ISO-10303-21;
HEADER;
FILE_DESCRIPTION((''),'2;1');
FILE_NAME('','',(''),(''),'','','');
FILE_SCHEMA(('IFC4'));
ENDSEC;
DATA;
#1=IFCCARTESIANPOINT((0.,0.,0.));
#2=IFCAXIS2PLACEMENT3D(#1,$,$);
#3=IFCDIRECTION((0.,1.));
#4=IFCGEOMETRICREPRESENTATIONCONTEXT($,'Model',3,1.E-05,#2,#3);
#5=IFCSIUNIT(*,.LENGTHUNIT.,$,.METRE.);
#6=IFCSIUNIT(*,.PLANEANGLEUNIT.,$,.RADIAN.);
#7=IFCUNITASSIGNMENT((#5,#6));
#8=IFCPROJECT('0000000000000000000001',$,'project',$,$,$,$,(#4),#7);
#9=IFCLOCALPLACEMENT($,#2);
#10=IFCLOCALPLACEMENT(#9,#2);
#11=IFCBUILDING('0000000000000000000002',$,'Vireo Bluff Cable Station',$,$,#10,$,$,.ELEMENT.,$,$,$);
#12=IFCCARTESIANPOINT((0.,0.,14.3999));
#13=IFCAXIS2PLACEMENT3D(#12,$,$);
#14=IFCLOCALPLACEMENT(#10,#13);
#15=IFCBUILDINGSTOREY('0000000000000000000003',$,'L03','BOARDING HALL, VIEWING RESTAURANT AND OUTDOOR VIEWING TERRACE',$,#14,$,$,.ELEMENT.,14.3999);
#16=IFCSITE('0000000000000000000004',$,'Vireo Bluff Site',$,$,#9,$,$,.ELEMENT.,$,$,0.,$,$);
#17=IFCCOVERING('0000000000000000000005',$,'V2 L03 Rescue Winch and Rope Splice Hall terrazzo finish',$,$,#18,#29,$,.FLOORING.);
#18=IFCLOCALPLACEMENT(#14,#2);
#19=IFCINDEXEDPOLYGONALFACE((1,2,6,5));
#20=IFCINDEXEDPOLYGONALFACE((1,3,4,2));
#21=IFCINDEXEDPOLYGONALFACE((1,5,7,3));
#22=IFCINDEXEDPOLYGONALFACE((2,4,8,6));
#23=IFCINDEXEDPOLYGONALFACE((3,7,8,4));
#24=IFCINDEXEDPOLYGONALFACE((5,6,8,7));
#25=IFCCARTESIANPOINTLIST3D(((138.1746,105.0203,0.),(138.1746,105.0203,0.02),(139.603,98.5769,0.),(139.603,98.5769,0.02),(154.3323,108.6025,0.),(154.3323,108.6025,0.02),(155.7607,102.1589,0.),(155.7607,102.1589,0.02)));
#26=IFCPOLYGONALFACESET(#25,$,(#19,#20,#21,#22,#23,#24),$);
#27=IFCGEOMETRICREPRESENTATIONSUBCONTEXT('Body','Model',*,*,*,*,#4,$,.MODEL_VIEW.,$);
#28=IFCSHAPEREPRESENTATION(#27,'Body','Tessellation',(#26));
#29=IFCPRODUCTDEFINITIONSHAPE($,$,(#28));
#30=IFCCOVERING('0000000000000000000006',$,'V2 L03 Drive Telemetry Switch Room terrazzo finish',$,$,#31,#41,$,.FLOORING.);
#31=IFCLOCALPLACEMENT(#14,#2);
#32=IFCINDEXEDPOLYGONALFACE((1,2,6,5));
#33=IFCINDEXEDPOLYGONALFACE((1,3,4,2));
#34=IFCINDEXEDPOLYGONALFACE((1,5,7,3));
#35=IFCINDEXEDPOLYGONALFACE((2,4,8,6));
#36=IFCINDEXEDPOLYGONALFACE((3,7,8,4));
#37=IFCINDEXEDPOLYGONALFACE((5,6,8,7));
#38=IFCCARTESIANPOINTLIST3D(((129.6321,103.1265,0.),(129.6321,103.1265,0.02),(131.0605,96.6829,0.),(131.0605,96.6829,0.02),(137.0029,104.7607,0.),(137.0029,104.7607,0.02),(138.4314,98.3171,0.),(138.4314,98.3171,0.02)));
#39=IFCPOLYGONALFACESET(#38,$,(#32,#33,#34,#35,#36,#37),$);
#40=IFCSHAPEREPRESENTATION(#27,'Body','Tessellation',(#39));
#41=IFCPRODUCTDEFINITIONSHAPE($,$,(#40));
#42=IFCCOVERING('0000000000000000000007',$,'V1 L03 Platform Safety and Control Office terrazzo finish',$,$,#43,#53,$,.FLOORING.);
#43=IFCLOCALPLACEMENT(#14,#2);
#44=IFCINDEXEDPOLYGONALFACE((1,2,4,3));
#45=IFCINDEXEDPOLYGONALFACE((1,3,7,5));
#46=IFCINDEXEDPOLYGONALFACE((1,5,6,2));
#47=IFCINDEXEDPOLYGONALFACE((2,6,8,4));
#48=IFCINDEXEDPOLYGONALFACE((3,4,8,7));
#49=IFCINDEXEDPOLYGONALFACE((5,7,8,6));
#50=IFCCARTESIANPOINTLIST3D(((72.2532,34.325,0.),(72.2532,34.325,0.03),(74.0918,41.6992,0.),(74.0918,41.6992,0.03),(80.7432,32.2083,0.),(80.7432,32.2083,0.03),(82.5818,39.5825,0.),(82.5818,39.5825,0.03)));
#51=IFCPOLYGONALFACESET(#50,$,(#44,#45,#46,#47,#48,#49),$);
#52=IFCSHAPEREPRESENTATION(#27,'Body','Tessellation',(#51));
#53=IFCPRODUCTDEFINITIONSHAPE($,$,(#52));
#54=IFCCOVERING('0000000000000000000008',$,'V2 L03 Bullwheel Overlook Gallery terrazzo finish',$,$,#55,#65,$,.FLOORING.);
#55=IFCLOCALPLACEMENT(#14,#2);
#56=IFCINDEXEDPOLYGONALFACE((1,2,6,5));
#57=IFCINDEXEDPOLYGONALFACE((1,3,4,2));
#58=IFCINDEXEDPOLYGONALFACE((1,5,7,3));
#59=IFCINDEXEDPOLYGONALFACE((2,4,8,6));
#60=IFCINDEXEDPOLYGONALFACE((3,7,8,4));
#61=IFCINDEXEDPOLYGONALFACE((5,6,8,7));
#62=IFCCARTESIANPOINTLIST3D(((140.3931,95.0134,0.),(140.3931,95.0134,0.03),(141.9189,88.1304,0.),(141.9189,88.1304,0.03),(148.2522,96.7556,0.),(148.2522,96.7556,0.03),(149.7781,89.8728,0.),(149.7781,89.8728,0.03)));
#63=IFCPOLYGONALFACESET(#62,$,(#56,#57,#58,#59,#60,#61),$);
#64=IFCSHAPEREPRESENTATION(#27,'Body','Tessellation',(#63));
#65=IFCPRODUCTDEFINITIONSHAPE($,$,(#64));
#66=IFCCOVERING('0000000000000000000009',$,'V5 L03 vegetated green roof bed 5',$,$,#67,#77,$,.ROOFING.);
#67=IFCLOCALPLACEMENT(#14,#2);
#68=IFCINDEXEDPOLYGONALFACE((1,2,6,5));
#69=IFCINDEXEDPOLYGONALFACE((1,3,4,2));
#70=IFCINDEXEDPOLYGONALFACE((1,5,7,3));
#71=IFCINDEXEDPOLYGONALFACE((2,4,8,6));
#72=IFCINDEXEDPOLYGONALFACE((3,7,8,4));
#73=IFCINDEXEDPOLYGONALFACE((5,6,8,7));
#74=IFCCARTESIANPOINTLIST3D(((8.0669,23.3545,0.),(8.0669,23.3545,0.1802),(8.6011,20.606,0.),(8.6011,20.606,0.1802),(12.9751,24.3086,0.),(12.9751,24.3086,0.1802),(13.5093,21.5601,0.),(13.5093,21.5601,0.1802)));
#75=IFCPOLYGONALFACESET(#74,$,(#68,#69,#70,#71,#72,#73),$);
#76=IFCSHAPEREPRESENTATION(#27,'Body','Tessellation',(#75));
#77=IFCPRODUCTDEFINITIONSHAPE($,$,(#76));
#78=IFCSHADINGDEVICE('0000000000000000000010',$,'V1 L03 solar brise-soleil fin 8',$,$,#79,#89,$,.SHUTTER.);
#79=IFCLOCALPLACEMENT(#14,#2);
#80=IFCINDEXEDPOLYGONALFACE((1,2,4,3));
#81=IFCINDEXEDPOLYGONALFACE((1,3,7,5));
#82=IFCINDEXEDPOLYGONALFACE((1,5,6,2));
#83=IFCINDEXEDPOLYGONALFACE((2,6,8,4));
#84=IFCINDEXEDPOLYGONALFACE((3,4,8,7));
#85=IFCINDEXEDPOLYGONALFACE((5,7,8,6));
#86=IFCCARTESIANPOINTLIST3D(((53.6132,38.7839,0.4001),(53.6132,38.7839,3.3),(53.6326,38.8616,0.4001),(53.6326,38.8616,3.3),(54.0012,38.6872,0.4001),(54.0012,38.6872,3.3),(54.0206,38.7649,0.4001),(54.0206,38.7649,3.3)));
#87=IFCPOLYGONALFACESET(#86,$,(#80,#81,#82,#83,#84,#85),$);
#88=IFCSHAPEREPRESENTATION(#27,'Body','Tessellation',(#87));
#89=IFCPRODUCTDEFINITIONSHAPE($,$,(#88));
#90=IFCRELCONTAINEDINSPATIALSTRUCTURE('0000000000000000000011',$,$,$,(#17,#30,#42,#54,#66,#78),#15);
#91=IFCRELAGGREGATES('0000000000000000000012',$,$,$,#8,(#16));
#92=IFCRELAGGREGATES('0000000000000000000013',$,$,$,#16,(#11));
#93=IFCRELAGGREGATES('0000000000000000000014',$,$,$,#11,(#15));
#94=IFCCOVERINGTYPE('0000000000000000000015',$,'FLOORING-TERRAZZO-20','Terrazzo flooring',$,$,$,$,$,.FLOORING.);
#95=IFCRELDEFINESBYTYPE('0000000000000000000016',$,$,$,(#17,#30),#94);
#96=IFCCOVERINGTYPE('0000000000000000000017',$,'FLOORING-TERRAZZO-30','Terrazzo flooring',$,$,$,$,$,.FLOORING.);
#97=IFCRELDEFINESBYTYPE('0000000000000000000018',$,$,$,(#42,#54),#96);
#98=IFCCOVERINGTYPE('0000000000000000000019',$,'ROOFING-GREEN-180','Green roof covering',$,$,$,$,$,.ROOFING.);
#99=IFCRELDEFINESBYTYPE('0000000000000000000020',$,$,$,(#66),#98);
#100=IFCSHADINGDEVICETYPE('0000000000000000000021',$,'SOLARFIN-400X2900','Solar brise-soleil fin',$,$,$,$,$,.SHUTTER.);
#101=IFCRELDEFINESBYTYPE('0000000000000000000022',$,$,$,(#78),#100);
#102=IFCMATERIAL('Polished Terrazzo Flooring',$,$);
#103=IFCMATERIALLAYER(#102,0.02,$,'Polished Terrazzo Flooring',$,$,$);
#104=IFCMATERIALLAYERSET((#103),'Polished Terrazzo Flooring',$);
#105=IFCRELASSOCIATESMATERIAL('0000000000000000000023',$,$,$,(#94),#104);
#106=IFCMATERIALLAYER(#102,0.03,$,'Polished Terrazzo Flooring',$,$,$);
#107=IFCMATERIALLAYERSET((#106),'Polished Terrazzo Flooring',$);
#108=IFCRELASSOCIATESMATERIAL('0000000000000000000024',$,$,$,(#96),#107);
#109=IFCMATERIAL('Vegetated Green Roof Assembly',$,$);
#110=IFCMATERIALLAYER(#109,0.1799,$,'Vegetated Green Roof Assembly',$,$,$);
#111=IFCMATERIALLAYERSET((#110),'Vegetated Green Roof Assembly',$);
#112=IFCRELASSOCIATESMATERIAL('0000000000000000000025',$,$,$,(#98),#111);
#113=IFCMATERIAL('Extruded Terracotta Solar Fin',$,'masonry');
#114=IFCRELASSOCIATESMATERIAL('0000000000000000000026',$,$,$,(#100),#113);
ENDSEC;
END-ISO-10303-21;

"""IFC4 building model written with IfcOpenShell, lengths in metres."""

from ifc_helpers import new_model, si_unit, direction, frame, origin, origin_2d, place, context, subcontext, project, spatial, polyline, rectangle, outline, extrude, material, layer, layer_set, type_object, element, save


model = new_model("IFC4")

# Units and contexts
model_context = context("Model", 3, precision=1e-05, world=origin(), true_north=direction((0.0, 1.0)))
body_context = subcontext(model_context, "Body", "Model", "MODEL_VIEW")
ifc_project = project(units=[si_unit("LENGTHUNIT", "METRE"), si_unit("PLANEANGLEUNIT", "RADIAN")], contexts=[model_context])

# Site, building, storey
site_placement = place(None, origin())
site = spatial("IfcSite", under=ifc_project, at=site_placement, Name="Vireo Bluff Site", CompositionType="ELEMENT", RefElevation=0.0)
building_placement = place(site_placement, origin())
building = spatial("IfcBuilding", under=site, at=building_placement, Name="Vireo Bluff Cable Station", CompositionType="ELEMENT")
storey_placement = place(building_placement, frame((0.0, 0.0, 14.3999)))
storey = spatial("IfcBuildingStorey", under=building, at=storey_placement, Name="L03", Description="BOARDING HALL, VIEWING RESTAURANT AND OUTDOOR VIEWING TERRACE", CompositionType="ELEMENT", Elevation=14.3999)

# Coverings
ifc_material_1 = material(Name="Polished Terrazzo Flooring")
ifc_layer_1 = layer(ifc_material_1, 0.02, Name="Polished Terrazzo Flooring")
ifc_layer_set_1 = layer_set([ifc_layer_1], Name="Polished Terrazzo Flooring")
covering_type_1 = type_object("IfcCoveringType", Name="FLOORING-TERRAZZO-20", Description="Terrazzo flooring", PredefinedType="FLOORING", material=ifc_layer_set_1)
covering_1_placement = place(storey_placement, origin())
element("IfcCovering", 1, at=covering_1_placement, inside=storey, type_object=covering_type_1, Name="V2 L03 Rescue Winch and Rope Splice Hall terrazzo finish", PredefinedType="FLOORING", context=body_context, shape_type="SweptSolid", body=[
    extrude(outline(polyline([(139.603, 98.5769), (155.7607, 102.1589), (154.3323, 108.6025), (138.1746, 105.0203), (139.603, 98.5769)])), origin(), (0.0, 0.0, 1.0), 0.02),
])
covering_2_placement = place(storey_placement, origin())
element("IfcCovering", 2, at=covering_2_placement, inside=storey, type_object=covering_type_1, Name="V2 L03 Drive Telemetry Switch Room terrazzo finish", PredefinedType="FLOORING", context=body_context, shape_type="SweptSolid", body=[
    extrude(outline(polyline([(131.0605, 96.6829), (138.4314, 98.3171), (137.0029, 104.7607), (129.6321, 103.1265), (131.0605, 96.6829)])), origin(), (0.0, 0.0, 1.0), 0.02),
])
ifc_layer_2 = layer(ifc_material_1, 0.03, Name="Polished Terrazzo Flooring")
ifc_layer_set_2 = layer_set([ifc_layer_2], Name="Polished Terrazzo Flooring")
covering_type_2 = type_object("IfcCoveringType", Name="FLOORING-TERRAZZO-30", Description="Terrazzo flooring", PredefinedType="FLOORING", material=ifc_layer_set_2)
covering_3_placement = place(storey_placement, origin())
element("IfcCovering", 3, at=covering_3_placement, inside=storey, type_object=covering_type_2, Name="V1 L03 Platform Safety and Control Office terrazzo finish", PredefinedType="FLOORING", context=body_context, shape_type="SweptSolid", body=[
    extrude(outline(polyline([(72.2532, 34.325), (80.7432, 32.2083), (82.5818, 39.5825), (74.0918, 41.6992), (72.2532, 34.325)])), origin(), (0.0, 0.0, 1.0), 0.03),
])
covering_4_placement = place(storey_placement, origin())
element("IfcCovering", 4, at=covering_4_placement, inside=storey, type_object=covering_type_2, Name="V2 L03 Bullwheel Overlook Gallery terrazzo finish", PredefinedType="FLOORING", context=body_context, shape_type="SweptSolid", body=[
    extrude(outline(polyline([(141.9189, 88.1304), (149.7781, 89.8728), (148.2522, 96.7556), (140.3931, 95.0134), (141.9189, 88.1304)])), origin(), (0.0, 0.0, 1.0), 0.03),
])
ifc_material_2 = material(Name="Vegetated Green Roof Assembly")
ifc_layer_3 = layer(ifc_material_2, 0.1799, Name="Vegetated Green Roof Assembly")
ifc_layer_set_3 = layer_set([ifc_layer_3], Name="Vegetated Green Roof Assembly")
covering_type_3 = type_object("IfcCoveringType", Name="ROOFING-GREEN-180", Description="Green roof covering", PredefinedType="ROOFING", material=ifc_layer_set_3)
covering_5_placement = place(storey_placement, origin())
element("IfcCovering", 5, at=covering_5_placement, inside=storey, type_object=covering_type_3, Name="V5 L03 vegetated green roof bed 5", PredefinedType="ROOFING", context=body_context, shape_type="SweptSolid", body=[
    extrude(outline(polyline([(8.6011, 20.606), (13.5093, 21.5601), (12.9751, 24.3086), (8.0669, 23.3545), (8.6011, 20.606)])), origin(), (0.0, 0.0, 1.0), 0.1802),
])

# Shading device
ifc_material_3 = material(Name="Extruded Terracotta Solar Fin", Category="masonry")
shading_device_type = type_object("IfcShadingDeviceType", Name="SOLARFIN-400X2900", Description="Solar brise-soleil fin", PredefinedType="SHUTTER", material=ifc_material_3)
shading_device_placement = place(storey_placement, frame((53.8169, 38.7744, 0.4001), z_axis=(0.0, 0.0, 1.0), x_axis=(0.241922, 0.970296, 0.0)))
element("IfcShadingDevice", 6, at=shading_device_placement, inside=storey, type_object=shading_device_type, Name="V1 L03 solar brise-soleil fin 8", PredefinedType="SHUTTER", context=body_context, shape_type="SweptSolid", body=[
    extrude(rectangle(XDim=0.0801, YDim=0.3999, at=origin_2d()), origin(), (0.0, 0.0, 1.0), 2.8999),
])

save(model, "model.ifc")
